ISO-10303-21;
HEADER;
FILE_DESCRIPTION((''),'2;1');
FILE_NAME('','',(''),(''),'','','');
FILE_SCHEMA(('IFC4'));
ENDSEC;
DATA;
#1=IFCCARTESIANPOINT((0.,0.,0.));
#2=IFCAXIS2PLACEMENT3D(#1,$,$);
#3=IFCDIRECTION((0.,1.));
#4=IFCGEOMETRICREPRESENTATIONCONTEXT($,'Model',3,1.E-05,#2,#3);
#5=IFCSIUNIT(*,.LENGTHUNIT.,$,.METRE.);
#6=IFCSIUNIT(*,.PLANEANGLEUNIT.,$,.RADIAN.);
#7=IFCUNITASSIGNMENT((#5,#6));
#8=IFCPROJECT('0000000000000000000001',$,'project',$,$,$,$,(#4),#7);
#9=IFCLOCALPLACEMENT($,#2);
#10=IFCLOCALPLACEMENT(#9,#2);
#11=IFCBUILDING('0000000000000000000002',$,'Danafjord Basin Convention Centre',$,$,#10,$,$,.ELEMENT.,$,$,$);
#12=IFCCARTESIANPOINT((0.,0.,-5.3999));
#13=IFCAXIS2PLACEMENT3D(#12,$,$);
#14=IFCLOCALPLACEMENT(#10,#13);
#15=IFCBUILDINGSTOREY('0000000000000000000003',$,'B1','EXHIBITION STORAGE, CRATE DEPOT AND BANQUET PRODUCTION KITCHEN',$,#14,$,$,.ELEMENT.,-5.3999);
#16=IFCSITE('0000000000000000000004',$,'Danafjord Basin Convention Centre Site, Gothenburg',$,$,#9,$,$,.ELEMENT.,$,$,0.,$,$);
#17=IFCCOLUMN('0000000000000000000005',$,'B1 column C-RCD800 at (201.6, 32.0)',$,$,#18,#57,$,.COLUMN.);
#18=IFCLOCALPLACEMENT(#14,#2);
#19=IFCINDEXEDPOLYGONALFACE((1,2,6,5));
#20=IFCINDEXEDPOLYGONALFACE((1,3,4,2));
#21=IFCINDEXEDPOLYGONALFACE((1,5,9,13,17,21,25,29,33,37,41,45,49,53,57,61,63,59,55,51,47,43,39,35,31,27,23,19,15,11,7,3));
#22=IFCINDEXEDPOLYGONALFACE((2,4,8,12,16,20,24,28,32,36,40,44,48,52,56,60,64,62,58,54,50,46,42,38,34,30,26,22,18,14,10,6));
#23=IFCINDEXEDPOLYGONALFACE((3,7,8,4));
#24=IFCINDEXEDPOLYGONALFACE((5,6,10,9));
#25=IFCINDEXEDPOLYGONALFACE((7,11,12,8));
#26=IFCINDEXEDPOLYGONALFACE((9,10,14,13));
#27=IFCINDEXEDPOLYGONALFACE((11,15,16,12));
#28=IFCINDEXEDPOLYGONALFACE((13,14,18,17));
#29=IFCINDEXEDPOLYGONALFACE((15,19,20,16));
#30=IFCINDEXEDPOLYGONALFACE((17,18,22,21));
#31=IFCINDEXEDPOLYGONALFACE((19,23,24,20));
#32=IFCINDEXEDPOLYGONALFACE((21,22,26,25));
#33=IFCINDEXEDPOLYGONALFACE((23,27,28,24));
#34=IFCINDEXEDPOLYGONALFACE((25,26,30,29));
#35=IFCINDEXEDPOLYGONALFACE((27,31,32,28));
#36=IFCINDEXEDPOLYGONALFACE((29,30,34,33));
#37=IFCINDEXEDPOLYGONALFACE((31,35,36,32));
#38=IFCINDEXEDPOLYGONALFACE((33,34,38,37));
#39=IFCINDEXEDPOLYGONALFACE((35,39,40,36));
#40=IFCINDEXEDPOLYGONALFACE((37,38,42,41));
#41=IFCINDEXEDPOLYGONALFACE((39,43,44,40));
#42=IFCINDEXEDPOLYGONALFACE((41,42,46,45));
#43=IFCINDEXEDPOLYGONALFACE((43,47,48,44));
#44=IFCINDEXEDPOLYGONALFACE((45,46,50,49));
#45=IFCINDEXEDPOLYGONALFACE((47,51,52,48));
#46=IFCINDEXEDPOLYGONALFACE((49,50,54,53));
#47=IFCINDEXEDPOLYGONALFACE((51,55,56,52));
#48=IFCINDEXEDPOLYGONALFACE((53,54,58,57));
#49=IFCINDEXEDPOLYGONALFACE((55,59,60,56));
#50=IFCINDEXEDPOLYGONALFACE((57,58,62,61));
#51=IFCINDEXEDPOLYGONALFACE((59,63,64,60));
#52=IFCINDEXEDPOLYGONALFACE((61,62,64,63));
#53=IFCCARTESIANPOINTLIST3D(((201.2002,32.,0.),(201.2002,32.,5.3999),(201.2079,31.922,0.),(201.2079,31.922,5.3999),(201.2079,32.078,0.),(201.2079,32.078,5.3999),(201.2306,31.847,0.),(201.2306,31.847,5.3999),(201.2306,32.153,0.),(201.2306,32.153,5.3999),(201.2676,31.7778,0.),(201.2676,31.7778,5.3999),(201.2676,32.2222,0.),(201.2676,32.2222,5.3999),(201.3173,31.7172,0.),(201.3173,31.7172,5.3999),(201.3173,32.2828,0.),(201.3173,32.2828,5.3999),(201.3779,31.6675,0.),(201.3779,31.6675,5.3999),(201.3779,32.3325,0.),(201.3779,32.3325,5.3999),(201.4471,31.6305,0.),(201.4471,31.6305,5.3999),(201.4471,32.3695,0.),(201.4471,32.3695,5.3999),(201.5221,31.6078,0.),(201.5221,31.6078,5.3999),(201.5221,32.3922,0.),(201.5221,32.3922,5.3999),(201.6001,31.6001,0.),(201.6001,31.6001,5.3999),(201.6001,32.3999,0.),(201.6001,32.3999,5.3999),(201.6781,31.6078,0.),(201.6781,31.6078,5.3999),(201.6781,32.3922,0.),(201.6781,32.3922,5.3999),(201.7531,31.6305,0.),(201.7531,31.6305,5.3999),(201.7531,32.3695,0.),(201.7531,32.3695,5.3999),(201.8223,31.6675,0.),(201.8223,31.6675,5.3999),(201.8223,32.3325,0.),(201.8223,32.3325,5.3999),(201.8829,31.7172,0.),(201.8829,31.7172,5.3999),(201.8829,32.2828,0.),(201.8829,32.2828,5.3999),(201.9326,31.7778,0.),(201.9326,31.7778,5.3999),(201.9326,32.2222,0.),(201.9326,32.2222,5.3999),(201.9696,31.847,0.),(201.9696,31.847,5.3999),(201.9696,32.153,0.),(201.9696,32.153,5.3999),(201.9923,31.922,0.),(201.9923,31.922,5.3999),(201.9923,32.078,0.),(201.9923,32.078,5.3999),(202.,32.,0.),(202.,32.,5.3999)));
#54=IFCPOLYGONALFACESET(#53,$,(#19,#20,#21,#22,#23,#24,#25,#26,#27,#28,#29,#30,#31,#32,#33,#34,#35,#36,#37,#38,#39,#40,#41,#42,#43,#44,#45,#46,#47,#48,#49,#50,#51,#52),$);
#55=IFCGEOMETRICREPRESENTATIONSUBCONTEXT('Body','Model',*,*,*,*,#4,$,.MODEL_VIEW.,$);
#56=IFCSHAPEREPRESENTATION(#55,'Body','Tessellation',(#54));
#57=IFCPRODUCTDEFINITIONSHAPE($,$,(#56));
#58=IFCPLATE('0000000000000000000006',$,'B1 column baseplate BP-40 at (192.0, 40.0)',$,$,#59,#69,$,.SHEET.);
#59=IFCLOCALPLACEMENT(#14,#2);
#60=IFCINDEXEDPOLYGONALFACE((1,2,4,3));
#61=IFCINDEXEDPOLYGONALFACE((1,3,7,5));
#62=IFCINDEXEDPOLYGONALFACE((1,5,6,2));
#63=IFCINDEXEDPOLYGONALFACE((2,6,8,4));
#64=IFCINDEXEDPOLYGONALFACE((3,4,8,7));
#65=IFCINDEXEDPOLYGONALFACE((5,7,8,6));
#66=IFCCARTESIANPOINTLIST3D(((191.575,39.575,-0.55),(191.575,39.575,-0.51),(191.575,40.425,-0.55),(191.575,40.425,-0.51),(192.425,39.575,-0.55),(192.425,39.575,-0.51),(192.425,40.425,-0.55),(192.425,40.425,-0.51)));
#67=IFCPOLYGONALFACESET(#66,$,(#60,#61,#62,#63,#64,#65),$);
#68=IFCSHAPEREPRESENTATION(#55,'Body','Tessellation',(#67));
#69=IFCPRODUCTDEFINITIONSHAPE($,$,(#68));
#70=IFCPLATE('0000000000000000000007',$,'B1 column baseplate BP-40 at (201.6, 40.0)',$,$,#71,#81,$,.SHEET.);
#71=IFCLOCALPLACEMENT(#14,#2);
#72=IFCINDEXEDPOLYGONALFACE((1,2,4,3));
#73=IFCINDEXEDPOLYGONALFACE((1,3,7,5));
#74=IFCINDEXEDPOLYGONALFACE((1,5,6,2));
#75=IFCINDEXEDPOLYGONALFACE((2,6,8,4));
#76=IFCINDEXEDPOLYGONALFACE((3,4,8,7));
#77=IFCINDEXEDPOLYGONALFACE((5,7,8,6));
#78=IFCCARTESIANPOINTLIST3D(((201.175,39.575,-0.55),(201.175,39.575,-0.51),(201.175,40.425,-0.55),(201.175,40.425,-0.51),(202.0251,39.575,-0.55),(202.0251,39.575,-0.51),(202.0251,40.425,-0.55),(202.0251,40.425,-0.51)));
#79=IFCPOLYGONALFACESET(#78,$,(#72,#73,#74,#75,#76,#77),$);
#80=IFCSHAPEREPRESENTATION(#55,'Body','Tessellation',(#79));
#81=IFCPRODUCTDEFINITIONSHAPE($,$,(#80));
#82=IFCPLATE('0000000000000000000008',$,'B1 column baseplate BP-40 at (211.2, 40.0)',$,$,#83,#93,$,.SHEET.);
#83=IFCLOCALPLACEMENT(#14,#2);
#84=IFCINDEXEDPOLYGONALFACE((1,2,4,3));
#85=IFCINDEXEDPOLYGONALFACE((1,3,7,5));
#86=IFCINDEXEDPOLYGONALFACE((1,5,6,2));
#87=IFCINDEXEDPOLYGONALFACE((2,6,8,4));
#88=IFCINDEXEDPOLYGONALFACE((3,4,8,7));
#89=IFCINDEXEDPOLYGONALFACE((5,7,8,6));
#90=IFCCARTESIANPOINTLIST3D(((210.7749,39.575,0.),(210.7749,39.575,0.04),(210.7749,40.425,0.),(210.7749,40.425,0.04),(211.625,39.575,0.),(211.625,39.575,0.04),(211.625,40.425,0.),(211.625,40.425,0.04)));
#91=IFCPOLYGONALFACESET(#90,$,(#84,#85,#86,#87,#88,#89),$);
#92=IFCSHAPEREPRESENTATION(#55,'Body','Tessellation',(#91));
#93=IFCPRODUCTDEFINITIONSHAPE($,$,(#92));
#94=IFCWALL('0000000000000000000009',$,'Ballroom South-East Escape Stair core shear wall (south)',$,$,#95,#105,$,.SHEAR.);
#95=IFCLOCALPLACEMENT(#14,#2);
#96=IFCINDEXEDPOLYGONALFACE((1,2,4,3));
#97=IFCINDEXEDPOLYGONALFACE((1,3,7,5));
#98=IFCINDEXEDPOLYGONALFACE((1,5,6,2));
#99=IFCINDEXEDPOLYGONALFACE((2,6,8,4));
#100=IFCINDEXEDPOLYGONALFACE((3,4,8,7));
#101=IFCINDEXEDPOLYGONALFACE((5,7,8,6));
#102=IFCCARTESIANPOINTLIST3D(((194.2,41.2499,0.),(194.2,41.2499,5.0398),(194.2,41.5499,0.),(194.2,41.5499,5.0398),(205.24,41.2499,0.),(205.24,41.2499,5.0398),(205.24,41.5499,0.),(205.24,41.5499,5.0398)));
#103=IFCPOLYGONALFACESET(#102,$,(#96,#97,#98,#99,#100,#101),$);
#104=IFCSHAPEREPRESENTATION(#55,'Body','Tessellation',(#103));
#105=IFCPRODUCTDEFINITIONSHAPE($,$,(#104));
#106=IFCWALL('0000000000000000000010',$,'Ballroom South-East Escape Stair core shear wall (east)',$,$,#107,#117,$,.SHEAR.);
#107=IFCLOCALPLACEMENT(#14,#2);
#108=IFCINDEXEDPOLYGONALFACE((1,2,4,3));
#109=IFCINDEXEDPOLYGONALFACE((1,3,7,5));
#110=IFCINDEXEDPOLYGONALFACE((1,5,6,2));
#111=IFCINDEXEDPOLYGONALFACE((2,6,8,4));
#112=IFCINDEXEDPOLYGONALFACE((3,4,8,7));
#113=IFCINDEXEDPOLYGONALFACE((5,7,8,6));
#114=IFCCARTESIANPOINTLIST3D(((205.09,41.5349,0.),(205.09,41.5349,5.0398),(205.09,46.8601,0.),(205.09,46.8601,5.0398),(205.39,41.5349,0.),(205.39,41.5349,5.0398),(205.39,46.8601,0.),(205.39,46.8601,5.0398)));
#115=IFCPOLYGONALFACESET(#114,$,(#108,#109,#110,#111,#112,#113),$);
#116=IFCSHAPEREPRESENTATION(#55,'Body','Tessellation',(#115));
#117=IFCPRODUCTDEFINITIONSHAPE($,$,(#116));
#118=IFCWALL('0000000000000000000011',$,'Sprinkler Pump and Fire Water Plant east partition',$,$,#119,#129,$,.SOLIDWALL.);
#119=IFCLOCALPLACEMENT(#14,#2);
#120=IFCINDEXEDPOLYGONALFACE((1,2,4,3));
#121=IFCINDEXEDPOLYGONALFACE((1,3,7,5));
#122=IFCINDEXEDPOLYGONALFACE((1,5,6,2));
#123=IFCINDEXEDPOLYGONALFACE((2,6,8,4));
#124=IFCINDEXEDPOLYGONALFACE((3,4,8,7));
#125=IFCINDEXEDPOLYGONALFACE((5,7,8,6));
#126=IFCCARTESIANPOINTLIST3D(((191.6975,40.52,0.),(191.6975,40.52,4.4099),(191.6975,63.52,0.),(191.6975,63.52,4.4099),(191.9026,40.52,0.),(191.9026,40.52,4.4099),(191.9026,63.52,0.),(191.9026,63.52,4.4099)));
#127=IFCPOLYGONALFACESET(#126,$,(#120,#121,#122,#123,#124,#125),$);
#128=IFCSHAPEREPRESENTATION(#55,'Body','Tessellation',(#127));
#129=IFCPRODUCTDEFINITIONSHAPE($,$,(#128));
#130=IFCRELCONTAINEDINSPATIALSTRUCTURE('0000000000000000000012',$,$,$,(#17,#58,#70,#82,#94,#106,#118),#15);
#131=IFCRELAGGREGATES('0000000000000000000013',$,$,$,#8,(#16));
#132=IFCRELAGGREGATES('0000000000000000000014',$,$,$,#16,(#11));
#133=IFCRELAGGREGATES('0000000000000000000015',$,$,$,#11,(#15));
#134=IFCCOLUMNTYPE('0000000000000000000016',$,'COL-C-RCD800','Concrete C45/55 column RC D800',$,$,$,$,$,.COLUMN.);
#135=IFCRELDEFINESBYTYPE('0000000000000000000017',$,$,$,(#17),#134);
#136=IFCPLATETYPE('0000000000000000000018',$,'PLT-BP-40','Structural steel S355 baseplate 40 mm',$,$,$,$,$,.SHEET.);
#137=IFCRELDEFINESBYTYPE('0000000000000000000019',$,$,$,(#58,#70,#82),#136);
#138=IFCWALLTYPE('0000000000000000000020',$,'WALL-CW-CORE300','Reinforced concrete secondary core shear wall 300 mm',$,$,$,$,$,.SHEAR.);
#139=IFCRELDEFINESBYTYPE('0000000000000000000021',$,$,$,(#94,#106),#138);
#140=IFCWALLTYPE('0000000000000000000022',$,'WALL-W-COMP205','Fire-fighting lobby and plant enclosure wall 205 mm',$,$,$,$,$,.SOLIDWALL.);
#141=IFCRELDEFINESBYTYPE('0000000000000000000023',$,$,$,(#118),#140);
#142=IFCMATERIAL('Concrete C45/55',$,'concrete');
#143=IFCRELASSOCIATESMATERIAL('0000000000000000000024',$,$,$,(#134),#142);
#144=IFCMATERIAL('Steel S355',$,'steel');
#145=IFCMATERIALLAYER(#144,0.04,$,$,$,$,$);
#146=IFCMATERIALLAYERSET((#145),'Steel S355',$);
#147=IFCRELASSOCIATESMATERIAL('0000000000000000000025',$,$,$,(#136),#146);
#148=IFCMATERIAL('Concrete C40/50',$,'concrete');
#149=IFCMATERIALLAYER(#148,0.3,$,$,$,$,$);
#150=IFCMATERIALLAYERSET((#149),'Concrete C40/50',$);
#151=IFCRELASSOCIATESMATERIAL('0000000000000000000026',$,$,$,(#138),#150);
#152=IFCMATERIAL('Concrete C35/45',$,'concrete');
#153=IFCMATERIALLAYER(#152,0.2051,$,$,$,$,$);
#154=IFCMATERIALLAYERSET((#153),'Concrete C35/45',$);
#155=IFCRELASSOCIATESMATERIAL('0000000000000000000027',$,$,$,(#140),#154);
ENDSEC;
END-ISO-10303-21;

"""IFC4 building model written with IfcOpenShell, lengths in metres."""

from ifc_helpers import new_model, si_unit, direction, frame, frame_2d, origin, origin_2d, place, context, subcontext, project, spatial, rectangle, circle, extrude, material, layer, layer_set, material_profile, profile_set, type_object, element, save


model = new_model("IFC4")

# Units and contexts
model_context = context("Model", 3, precision=1e-05, world=origin(), true_north=direction((0.0, 1.0)))
body_context = subcontext(model_context, "Body", "Model", "MODEL_VIEW")
ifc_project = project(units=[si_unit("LENGTHUNIT", "METRE"), si_unit("PLANEANGLEUNIT", "RADIAN")], contexts=[model_context])

# Site, building, storey
site_placement = place(None, origin())
site = spatial("IfcSite", under=ifc_project, at=site_placement, Name="Danafjord Basin Convention Centre Site, Gothenburg", CompositionType="ELEMENT", RefElevation=0.0)
building_placement = place(site_placement, origin())
building = spatial("IfcBuilding", under=site, at=building_placement, Name="Danafjord Basin Convention Centre", CompositionType="ELEMENT")
storey_placement = place(building_placement, frame((0.0, 0.0, -5.3999)))
storey = spatial("IfcBuildingStorey", under=building, at=storey_placement, Name="B1", Description="EXHIBITION STORAGE, CRATE DEPOT AND BANQUET PRODUCTION KITCHEN", CompositionType="ELEMENT", Elevation=-5.3999)

# Shared definitions
ifc_material_1 = material(Name="Concrete C40/50", Category="concrete")
ifc_material_2 = material(Name="Concrete C35/45", Category="concrete")

# Column
ifc_material_3 = material(Name="Concrete C45/55", Category="concrete")
ifc_material_profile_1 = material_profile(ifc_material_3, circle(Radius=0.3999, at=origin_2d()), Name="RC D800")
ifc_profile_set_1 = profile_set([ifc_material_profile_1], Name="Concrete C45/55")
column_type_1 = type_object("IfcColumnType", Name="COL-C-RCD800", Description="Concrete C45/55 column RC D800", PredefinedType="COLUMN", material=ifc_profile_set_1)
column_1_placement = place(storey_placement, frame((201.6001, 32.0, 0.0), z_axis=(0.0, 0.0, 1.0), x_axis=(1.0, 0.0, 0.0)))
element("IfcColumn", 1, at=column_1_placement, inside=storey, type_object=column_type_1, Name="B1 column C-RCD800 at (201.6, 32.0)", PredefinedType="COLUMN", context=body_context, shape_type="SweptSolid", body=[
    extrude(circle(Radius=0.3999, at=origin_2d()), origin(), (0.0, 0.0, 1.0), 5.3999),
])

# Plates
ifc_material_4 = material(Name="Steel S355", Category="steel")
ifc_layer_1 = layer(ifc_material_4, 0.04)
ifc_layer_set_1 = layer_set([ifc_layer_1], Name="Steel S355")
plate_type = type_object("IfcPlateType", Name="PLT-BP-40", Description="Structural steel S355 baseplate 40 mm", PredefinedType="SHEET", material=ifc_layer_set_1)
for number, where, z_axis, x_axis, name in (
    (2, (192.0, 40.0, -0.55), (0.0, 0.0, 1.0), (1.0, 0.0, 0.0), "B1 column baseplate BP-40 at (192.0, 40.0)"),
    (3, (201.6001, 40.0, -0.55), (0.0, 0.0, 1.0), (1.0, 0.0, 0.0), "B1 column baseplate BP-40 at (201.6, 40.0)"),
    (4, (211.2, 40.0, 0.0), (0.0, 0.0, 1.0), (1.0, 0.0, 0.0), "B1 column baseplate BP-40 at (211.2, 40.0)"),
):
    element("IfcPlate", number, at=place(storey_placement, frame(where, z_axis=z_axis, x_axis=x_axis)), inside=storey, type_object=plate_type, Name=name, PredefinedType="SHEET", context=body_context, shape_type="SweptSolid", body=[
        extrude(rectangle(XDim=0.8501, YDim=0.8501, at=origin_2d()), origin(), (0.0, 0.0, 1.0), 0.04),
    ])

# Walls
ifc_layer_2 = layer(ifc_material_1, 0.3)
ifc_layer_set_2 = layer_set([ifc_layer_2], Name="Concrete C40/50")
wall_type_1 = type_object("IfcWallType", Name="WALL-CW-CORE300", Description="Reinforced concrete secondary core shear wall 300 mm", PredefinedType="SHEAR", material=ifc_layer_set_2)
wall_1_placement = place(storey_placement, frame((194.2, 41.3999, 0.0), z_axis=(0.0, 0.0, 1.0), x_axis=(1.0, 0.0, 0.0)))
element("IfcWall", 5, at=wall_1_placement, inside=storey, type_object=wall_type_1, Name="Ballroom South-East Escape Stair core shear wall (south)", PredefinedType="SHEAR", context=body_context, shape_type="SweptSolid", body=[
    extrude(rectangle(XDim=11.04, YDim=0.3, at=frame_2d((5.52, 0.0))), origin(), (0.0, 0.0, 1.0), 5.0398),
])
wall_2_placement = place(storey_placement, frame((205.24, 41.5349, 0.0), z_axis=(0.0, 0.0, 1.0), x_axis=(0.0, 1.0, 0.0)))
element("IfcWall", 6, at=wall_2_placement, inside=storey, type_object=wall_type_1, Name="Ballroom South-East Escape Stair core shear wall (east)", PredefinedType="SHEAR", context=body_context, shape_type="SweptSolid", body=[
    extrude(rectangle(XDim=5.3252, YDim=0.3, at=frame_2d((2.6626, 0.0))), origin(), (0.0, 0.0, 1.0), 5.0398),
])
ifc_layer_3 = layer(ifc_material_2, 0.2051)
ifc_layer_set_3 = layer_set([ifc_layer_3], Name="Concrete C35/45")
wall_type_2 = type_object("IfcWallType", Name="WALL-W-COMP205", Description="Fire-fighting lobby and plant enclosure wall 205 mm", PredefinedType="SOLIDWALL", material=ifc_layer_set_3)
wall_3_placement = place(storey_placement, frame((191.8, 40.52, 0.0), z_axis=(0.0, 0.0, 1.0), x_axis=(0.0, 1.0, 0.0)))
element("IfcWall", 7, at=wall_3_placement, inside=storey, type_object=wall_type_2, Name="Sprinkler Pump and Fire Water Plant east partition", PredefinedType="SOLIDWALL", context=body_context, shape_type="SweptSolid", body=[
    extrude(rectangle(XDim=23.0, YDim=0.2051, at=frame_2d((11.5, 0.0))), origin(), (0.0, 0.0, 1.0), 4.4099),
])

save(model, "model.ifc")
